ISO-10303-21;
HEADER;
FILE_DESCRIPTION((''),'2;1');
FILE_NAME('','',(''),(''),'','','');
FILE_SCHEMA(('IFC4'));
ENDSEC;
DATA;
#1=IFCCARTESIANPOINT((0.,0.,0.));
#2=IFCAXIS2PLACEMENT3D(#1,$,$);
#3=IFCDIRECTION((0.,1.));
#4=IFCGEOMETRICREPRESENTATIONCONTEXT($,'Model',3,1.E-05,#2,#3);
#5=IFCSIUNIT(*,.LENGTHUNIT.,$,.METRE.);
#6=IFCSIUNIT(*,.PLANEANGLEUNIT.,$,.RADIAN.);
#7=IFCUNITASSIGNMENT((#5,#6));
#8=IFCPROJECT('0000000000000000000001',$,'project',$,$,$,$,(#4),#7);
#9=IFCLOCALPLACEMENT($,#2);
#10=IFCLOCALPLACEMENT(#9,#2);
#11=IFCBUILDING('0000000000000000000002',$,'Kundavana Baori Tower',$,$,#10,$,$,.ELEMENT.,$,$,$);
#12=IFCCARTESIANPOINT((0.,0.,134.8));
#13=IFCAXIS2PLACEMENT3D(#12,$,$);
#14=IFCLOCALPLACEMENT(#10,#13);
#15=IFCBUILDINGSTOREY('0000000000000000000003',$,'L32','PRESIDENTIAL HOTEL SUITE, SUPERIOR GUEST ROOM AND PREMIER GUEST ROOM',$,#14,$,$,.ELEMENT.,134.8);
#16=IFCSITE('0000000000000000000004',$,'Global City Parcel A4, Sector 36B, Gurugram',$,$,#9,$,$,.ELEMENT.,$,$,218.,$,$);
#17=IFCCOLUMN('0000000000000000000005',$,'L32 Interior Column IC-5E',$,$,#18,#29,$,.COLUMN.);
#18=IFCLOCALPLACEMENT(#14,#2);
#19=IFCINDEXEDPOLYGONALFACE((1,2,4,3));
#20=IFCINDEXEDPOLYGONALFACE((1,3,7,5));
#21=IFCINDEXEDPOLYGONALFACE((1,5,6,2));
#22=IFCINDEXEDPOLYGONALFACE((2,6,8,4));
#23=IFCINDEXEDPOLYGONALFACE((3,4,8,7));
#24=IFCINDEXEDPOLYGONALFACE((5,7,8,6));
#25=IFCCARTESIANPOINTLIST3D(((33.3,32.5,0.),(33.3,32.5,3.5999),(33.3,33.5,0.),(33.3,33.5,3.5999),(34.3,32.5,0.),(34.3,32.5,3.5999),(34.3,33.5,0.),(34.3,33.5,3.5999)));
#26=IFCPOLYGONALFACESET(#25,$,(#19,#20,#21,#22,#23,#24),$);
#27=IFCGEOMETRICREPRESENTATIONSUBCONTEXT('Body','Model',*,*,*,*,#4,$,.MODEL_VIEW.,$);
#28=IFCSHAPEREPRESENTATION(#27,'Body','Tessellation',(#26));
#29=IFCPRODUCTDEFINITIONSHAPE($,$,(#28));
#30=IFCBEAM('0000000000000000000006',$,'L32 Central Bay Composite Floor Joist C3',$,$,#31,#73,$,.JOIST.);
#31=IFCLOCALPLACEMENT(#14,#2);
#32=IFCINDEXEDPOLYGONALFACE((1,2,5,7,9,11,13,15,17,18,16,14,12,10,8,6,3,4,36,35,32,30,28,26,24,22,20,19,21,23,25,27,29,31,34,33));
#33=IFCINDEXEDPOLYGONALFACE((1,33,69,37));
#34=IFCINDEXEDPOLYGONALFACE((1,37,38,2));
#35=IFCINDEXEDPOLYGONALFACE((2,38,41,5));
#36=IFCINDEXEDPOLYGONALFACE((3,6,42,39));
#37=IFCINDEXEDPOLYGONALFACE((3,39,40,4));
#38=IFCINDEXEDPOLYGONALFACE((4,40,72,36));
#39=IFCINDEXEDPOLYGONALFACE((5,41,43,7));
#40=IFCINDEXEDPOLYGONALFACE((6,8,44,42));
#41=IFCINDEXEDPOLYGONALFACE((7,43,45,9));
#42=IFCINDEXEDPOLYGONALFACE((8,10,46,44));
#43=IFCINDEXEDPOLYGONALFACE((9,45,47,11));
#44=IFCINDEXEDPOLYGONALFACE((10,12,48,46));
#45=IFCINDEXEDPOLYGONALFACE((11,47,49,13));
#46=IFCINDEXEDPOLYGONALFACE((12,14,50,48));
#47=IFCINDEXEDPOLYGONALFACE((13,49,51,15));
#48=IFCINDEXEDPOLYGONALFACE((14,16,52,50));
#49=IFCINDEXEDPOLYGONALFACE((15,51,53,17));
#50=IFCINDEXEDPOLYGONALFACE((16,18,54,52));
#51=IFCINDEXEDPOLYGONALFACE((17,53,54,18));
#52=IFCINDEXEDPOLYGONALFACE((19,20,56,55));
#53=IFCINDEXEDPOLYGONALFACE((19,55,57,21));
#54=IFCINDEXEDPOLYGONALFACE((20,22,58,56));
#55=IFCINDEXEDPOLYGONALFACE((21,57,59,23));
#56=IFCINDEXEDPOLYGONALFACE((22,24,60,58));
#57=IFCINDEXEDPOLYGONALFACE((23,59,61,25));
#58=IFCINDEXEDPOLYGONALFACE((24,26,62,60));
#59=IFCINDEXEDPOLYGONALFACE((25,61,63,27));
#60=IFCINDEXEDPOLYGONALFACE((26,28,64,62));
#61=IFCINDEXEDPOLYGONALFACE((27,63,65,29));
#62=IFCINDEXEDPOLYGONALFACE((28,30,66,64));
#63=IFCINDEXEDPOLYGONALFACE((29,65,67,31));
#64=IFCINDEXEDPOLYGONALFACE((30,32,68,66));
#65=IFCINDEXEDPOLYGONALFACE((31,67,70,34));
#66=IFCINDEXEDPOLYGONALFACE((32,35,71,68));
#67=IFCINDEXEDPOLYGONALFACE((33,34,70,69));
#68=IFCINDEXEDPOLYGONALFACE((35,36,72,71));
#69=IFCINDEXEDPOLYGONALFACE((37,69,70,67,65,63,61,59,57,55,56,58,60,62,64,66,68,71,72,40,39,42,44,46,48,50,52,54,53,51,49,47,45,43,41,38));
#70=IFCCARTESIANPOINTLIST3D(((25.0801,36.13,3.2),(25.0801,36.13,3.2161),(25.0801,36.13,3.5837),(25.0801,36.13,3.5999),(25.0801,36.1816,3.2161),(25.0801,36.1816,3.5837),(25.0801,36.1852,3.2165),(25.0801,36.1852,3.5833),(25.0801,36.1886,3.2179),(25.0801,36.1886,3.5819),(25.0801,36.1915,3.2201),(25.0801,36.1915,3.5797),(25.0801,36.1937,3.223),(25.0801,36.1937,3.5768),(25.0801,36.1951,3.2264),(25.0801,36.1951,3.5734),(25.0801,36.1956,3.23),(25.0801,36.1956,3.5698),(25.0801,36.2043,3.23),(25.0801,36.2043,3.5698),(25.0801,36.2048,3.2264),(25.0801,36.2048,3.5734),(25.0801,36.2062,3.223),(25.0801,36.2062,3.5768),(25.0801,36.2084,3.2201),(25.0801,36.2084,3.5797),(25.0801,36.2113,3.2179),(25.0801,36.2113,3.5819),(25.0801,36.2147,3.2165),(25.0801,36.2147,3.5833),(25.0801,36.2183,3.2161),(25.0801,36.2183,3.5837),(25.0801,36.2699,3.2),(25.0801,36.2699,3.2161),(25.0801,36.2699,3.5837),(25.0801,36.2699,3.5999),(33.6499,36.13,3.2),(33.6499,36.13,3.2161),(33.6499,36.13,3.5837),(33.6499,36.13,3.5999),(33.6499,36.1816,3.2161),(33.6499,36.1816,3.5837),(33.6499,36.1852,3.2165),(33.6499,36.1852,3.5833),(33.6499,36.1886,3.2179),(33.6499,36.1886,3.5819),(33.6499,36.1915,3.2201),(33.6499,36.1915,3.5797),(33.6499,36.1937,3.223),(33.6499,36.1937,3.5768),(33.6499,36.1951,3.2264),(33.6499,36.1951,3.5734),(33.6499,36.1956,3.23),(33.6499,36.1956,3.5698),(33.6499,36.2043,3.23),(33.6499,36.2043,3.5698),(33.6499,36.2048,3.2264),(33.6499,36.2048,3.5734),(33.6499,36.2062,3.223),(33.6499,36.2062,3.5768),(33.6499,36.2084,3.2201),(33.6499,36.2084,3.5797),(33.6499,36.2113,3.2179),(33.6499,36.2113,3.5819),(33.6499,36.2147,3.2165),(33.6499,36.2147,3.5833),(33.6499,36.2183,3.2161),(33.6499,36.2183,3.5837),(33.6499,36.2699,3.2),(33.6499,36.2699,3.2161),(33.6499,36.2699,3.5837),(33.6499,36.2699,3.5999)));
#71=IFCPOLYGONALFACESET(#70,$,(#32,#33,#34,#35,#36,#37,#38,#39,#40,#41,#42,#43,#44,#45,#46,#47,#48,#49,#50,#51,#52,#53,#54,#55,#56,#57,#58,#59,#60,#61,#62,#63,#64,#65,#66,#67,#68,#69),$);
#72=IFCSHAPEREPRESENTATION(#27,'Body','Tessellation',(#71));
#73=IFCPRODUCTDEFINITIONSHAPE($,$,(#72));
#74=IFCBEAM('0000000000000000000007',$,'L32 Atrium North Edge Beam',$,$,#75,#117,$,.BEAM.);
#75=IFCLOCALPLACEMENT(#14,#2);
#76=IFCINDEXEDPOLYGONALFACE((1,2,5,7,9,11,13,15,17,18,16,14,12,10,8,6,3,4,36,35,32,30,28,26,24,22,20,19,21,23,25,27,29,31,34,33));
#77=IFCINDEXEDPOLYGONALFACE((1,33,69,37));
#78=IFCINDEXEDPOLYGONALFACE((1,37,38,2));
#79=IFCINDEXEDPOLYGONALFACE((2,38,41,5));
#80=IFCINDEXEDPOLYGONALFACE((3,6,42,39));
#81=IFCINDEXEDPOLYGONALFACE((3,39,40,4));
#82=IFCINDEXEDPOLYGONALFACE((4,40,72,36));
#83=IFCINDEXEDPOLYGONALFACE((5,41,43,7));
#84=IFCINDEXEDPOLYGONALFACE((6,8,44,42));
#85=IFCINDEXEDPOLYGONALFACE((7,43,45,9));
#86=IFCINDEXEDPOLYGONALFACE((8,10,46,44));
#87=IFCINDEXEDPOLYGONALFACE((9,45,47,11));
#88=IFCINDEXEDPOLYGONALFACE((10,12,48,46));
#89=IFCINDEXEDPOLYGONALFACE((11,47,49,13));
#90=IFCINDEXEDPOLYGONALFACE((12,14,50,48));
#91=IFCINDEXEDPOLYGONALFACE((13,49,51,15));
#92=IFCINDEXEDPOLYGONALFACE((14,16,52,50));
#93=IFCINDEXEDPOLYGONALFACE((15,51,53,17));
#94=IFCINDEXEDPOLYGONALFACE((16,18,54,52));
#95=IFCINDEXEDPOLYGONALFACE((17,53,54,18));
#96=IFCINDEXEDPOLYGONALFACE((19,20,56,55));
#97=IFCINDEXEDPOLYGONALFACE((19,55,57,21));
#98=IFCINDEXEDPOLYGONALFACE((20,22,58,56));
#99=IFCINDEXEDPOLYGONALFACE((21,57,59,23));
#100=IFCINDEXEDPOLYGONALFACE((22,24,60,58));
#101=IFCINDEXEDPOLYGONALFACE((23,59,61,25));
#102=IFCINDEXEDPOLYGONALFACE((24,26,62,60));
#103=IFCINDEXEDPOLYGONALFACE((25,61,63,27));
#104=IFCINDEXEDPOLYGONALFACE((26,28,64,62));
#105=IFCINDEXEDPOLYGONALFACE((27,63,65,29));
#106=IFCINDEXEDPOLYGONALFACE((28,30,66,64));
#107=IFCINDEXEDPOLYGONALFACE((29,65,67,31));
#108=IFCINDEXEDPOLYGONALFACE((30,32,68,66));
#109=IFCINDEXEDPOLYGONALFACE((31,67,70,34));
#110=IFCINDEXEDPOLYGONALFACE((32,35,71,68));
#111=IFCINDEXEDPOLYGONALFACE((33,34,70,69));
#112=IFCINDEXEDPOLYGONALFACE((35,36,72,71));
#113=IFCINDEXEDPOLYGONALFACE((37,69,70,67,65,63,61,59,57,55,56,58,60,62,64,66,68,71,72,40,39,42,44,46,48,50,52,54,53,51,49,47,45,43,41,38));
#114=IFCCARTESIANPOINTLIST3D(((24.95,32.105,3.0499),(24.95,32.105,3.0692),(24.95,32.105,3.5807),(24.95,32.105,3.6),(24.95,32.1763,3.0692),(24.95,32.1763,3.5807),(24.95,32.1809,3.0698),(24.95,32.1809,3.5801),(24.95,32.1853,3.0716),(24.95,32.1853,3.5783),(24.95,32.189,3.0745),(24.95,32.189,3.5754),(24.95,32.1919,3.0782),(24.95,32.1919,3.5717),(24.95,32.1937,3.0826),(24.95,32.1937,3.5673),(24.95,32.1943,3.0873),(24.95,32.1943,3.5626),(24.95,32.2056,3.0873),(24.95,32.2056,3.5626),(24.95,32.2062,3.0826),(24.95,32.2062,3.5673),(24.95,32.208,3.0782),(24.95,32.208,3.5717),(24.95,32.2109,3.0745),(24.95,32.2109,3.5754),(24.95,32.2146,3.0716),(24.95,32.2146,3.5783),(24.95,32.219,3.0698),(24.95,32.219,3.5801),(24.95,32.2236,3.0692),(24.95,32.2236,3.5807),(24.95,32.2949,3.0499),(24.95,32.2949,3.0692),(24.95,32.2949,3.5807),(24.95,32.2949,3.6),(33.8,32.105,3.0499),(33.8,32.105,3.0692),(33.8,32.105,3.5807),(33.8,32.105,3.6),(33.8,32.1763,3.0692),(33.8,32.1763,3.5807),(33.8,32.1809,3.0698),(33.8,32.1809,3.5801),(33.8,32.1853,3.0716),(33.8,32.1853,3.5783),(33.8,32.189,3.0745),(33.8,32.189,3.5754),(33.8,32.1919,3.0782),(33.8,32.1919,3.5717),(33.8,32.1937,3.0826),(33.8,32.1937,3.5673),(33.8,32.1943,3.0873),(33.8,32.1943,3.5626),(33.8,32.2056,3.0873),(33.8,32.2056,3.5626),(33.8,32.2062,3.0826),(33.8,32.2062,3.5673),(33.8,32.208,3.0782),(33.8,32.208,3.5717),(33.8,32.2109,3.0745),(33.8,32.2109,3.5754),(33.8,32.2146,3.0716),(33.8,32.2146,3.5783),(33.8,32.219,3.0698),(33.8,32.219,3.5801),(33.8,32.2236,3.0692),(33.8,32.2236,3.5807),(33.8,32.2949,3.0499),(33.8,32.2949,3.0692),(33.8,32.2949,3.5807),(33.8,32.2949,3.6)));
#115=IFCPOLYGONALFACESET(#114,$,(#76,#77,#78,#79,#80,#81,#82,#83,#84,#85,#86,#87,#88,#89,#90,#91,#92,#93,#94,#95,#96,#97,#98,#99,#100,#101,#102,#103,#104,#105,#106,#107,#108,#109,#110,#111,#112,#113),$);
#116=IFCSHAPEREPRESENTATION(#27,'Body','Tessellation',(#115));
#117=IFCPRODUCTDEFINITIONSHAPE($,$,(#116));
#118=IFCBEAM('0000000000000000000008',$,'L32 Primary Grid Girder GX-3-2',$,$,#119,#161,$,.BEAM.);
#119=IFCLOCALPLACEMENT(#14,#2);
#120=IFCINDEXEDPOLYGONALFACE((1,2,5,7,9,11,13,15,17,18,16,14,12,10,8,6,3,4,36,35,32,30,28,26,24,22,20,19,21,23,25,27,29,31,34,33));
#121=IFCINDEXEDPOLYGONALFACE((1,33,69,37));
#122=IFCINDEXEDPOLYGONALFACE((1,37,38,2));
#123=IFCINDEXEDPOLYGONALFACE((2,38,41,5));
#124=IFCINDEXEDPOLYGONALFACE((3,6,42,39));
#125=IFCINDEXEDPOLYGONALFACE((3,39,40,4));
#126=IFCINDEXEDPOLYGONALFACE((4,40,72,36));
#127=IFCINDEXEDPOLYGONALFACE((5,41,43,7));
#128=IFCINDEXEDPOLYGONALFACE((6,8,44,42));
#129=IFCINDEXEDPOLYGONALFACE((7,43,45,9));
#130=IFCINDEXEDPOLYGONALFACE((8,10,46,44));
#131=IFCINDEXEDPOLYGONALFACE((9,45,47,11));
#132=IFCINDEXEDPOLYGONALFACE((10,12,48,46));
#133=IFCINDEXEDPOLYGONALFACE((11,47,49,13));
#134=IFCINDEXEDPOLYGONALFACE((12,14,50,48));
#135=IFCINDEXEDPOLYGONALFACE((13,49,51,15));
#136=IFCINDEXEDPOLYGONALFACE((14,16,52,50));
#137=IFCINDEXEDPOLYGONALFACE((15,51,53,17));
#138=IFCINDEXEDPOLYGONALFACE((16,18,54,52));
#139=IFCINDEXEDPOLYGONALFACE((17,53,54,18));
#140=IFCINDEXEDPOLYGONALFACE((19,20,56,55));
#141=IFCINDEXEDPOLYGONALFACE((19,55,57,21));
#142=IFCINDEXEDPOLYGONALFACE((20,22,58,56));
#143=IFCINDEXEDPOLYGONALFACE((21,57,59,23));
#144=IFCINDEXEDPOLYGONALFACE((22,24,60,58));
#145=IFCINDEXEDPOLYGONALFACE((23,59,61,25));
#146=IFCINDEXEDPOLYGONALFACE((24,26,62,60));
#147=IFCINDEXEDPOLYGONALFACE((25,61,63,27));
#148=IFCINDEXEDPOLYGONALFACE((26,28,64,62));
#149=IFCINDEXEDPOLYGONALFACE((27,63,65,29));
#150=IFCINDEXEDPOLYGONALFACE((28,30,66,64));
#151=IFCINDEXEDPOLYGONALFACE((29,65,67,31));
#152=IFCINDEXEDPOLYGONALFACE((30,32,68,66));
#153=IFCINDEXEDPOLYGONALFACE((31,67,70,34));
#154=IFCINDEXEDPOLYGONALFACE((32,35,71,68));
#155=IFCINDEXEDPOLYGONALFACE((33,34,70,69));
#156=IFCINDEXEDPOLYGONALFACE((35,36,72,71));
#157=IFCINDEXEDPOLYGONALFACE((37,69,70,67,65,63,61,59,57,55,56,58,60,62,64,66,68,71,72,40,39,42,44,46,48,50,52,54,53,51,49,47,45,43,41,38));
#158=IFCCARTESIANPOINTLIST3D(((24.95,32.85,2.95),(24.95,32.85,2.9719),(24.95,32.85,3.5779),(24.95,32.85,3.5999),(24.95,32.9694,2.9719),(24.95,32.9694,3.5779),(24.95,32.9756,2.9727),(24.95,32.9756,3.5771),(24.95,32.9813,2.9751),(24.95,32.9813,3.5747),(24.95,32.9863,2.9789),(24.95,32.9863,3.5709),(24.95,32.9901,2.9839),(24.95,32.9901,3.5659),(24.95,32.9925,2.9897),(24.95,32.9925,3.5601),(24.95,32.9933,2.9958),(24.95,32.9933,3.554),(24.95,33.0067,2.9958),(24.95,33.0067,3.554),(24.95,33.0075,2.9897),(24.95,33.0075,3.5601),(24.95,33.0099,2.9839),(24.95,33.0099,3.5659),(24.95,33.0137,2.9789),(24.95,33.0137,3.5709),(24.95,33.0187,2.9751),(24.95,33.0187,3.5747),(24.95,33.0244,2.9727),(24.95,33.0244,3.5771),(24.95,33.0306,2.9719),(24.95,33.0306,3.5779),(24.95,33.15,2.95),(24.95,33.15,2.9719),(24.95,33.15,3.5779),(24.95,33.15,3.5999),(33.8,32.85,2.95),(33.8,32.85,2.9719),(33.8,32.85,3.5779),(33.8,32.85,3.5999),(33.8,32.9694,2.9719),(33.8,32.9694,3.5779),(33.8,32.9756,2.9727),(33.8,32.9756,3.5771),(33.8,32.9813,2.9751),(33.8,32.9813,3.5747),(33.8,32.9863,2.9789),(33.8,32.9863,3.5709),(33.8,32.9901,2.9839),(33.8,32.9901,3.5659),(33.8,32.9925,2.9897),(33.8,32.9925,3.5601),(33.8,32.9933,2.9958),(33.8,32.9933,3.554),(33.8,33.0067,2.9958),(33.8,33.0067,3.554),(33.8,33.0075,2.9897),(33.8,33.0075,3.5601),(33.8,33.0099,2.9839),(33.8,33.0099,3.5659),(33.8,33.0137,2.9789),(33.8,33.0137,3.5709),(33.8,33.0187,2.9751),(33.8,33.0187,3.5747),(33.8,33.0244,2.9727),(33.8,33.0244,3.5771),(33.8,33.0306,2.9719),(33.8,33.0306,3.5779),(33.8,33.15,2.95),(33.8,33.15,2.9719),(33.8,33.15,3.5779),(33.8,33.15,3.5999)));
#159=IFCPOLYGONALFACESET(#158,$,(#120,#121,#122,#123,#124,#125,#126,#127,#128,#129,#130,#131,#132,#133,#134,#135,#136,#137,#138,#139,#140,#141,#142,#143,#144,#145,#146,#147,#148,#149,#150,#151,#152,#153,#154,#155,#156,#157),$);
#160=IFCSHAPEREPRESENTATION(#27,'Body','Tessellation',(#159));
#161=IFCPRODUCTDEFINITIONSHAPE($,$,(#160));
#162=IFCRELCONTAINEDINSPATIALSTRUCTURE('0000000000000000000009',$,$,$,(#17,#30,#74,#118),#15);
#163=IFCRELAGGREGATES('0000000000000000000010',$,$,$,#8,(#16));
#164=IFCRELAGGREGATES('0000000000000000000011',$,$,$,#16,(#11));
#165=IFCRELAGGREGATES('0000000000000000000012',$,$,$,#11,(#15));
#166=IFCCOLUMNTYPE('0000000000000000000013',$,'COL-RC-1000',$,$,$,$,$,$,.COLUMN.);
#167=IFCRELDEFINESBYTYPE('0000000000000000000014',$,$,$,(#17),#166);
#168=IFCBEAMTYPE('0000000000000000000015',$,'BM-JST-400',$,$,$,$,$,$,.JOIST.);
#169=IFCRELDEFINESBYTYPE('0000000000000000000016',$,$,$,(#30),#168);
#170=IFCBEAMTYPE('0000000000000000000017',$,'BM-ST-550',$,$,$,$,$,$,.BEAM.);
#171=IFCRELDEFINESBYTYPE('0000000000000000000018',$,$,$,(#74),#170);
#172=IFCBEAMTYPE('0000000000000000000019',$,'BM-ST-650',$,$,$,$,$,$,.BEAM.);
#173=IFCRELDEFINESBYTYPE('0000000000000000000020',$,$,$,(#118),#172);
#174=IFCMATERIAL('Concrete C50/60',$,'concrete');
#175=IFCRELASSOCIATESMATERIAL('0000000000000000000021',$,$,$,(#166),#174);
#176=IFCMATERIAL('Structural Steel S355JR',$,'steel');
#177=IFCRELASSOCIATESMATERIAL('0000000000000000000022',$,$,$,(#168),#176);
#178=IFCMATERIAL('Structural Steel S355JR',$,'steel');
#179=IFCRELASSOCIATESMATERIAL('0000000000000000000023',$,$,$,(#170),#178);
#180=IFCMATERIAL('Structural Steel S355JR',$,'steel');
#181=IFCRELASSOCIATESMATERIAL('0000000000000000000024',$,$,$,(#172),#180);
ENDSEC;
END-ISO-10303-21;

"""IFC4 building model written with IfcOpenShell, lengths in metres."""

from ifc_helpers import new_model, si_unit, direction, frame, origin, origin_2d, place, context, subcontext, project, spatial, rectangle, i_section, extrude, material, material_profile, profile_set, type_object, element, save


model = new_model("IFC4")

# Units and contexts
model_context = context("Model", 3, precision=1e-05, world=origin(), true_north=direction((0.0, 1.0)))
body_context = subcontext(model_context, "Body", "Model", "MODEL_VIEW")
ifc_project = project(units=[si_unit("LENGTHUNIT", "METRE"), si_unit("PLANEANGLEUNIT", "RADIAN")], contexts=[model_context])

# Site, building, storey
site_placement = place(None, origin())
site = spatial("IfcSite", under=ifc_project, at=site_placement, Name="Global City Parcel A4, Sector 36B, Gurugram", CompositionType="ELEMENT", RefElevation=218.0)
building_placement = place(site_placement, origin())
building = spatial("IfcBuilding", under=site, at=building_placement, Name="Kundavana Baori Tower", CompositionType="ELEMENT")
storey_placement = place(building_placement, frame((0.0, 0.0, 134.8)))
storey = spatial("IfcBuildingStorey", under=building, at=storey_placement, Name="L32", Description="PRESIDENTIAL HOTEL SUITE, SUPERIOR GUEST ROOM AND PREMIER GUEST ROOM", CompositionType="ELEMENT", Elevation=134.8)

# Column
ifc_material_1 = material(Name="Concrete C50/60", Category="concrete")
ifc_material_profile_1 = material_profile(ifc_material_1, rectangle(XDim=1.0, YDim=1.0, at=origin_2d()), Name="RC 1000x1000")
ifc_profile_set_1 = profile_set([ifc_material_profile_1], Name="Concrete C50/60")
column_type = type_object("IfcColumnType", Name="COL-RC-1000", PredefinedType="COLUMN", material=ifc_profile_set_1)
column_placement = place(storey_placement, frame((33.8, 33.0, 0.0), z_axis=(0.0, 0.0, 1.0), x_axis=(1.0, 0.0, 0.0)))
element("IfcColumn", 1, at=column_placement, inside=storey, type_object=column_type, Name="L32 Interior Column IC-5E", PredefinedType="COLUMN", context=body_context, shape_type="SweptSolid", body=[
    extrude(rectangle(XDim=1.0, YDim=1.0, at=origin_2d()), origin(), (0.0, 0.0, 1.0), 3.5999),
])

# Beams
ifc_material_2 = material(Name="Structural Steel S355JR", Category="steel")
ifc_material_profile_2 = material_profile(ifc_material_2, i_section(OverallWidth=0.1399, OverallDepth=0.3999, WebThickness=0.0088, FlangeThickness=0.0161, FilletRadius=0.0139, at=origin_2d()), Name="ISMB 400")
ifc_profile_set_2 = profile_set([ifc_material_profile_2], Name="Structural Steel S355JR")
beam_type_1 = type_object("IfcBeamType", Name="BM-JST-400", PredefinedType="JOIST", material=ifc_profile_set_2)
beam_1_placement = place(storey_placement, frame((25.0801, 36.2, 3.3999), z_axis=(1.0, 0.0, 0.0), x_axis=(0.0, 1.0, 0.0)))
element("IfcBeam", 2, at=beam_1_placement, inside=storey, type_object=beam_type_1, Name="L32 Central Bay Composite Floor Joist C3", PredefinedType="JOIST", context=body_context, shape_type="SweptSolid", body=[
    extrude(i_section(OverallWidth=0.1399, OverallDepth=0.3999, WebThickness=0.0088, FlangeThickness=0.0161, FilletRadius=0.0139, at=origin_2d()), origin(), (0.0, 0.0, 1.0), 8.5698),
])
ifc_material_3 = material(Name="Structural Steel S355JR", Category="steel")
ifc_material_profile_3 = material_profile(ifc_material_3, i_section(OverallWidth=0.1899, OverallDepth=0.55, WebThickness=0.0112, FlangeThickness=0.0193, FilletRadius=0.0181, at=origin_2d()), Name="ISMB 550")
ifc_profile_set_3 = profile_set([ifc_material_profile_3], Name="Structural Steel S355JR")
beam_type_2 = type_object("IfcBeamType", Name="BM-ST-550", PredefinedType="BEAM", material=ifc_profile_set_3)
beam_2_placement = place(storey_placement, frame((24.95, 32.2, 3.325), z_axis=(1.0, 0.0, 0.0), x_axis=(0.0, 1.0, 0.0)))
element("IfcBeam", 3, at=beam_2_placement, inside=storey, type_object=beam_type_2, Name="L32 Atrium North Edge Beam", PredefinedType="BEAM", context=body_context, shape_type="SweptSolid", body=[
    extrude(i_section(OverallWidth=0.1899, OverallDepth=0.55, WebThickness=0.0112, FlangeThickness=0.0193, FilletRadius=0.0181, at=origin_2d()), origin(), (0.0, 0.0, 1.0), 8.8501),
])
ifc_material_4 = material(Name="Structural Steel S355JR", Category="steel")
ifc_material_profile_4 = material_profile(ifc_material_4, i_section(OverallWidth=0.3, OverallDepth=0.6499, WebThickness=0.0134, FlangeThickness=0.022, FilletRadius=0.0239, at=origin_2d()), Name="NPB 650x300x155")
ifc_profile_set_4 = profile_set([ifc_material_profile_4], Name="Structural Steel S355JR")
beam_type_3 = type_object("IfcBeamType", Name="BM-ST-650", PredefinedType="BEAM", material=ifc_profile_set_4)
beam_3_placement = place(storey_placement, frame((24.95, 33.0, 3.2749), z_axis=(1.0, 0.0, 0.0), x_axis=(0.0, 1.0, 0.0)))
element("IfcBeam", 4, at=beam_3_placement, inside=storey, type_object=beam_type_3, Name="L32 Primary Grid Girder GX-3-2", PredefinedType="BEAM", context=body_context, shape_type="SweptSolid", body=[
    extrude(i_section(OverallWidth=0.3, OverallDepth=0.6499, WebThickness=0.0134, FlangeThickness=0.022, FilletRadius=0.0239, at=origin_2d()), origin(), (0.0, 0.0, 1.0), 8.8501),
])

save(model, "model.ifc")
